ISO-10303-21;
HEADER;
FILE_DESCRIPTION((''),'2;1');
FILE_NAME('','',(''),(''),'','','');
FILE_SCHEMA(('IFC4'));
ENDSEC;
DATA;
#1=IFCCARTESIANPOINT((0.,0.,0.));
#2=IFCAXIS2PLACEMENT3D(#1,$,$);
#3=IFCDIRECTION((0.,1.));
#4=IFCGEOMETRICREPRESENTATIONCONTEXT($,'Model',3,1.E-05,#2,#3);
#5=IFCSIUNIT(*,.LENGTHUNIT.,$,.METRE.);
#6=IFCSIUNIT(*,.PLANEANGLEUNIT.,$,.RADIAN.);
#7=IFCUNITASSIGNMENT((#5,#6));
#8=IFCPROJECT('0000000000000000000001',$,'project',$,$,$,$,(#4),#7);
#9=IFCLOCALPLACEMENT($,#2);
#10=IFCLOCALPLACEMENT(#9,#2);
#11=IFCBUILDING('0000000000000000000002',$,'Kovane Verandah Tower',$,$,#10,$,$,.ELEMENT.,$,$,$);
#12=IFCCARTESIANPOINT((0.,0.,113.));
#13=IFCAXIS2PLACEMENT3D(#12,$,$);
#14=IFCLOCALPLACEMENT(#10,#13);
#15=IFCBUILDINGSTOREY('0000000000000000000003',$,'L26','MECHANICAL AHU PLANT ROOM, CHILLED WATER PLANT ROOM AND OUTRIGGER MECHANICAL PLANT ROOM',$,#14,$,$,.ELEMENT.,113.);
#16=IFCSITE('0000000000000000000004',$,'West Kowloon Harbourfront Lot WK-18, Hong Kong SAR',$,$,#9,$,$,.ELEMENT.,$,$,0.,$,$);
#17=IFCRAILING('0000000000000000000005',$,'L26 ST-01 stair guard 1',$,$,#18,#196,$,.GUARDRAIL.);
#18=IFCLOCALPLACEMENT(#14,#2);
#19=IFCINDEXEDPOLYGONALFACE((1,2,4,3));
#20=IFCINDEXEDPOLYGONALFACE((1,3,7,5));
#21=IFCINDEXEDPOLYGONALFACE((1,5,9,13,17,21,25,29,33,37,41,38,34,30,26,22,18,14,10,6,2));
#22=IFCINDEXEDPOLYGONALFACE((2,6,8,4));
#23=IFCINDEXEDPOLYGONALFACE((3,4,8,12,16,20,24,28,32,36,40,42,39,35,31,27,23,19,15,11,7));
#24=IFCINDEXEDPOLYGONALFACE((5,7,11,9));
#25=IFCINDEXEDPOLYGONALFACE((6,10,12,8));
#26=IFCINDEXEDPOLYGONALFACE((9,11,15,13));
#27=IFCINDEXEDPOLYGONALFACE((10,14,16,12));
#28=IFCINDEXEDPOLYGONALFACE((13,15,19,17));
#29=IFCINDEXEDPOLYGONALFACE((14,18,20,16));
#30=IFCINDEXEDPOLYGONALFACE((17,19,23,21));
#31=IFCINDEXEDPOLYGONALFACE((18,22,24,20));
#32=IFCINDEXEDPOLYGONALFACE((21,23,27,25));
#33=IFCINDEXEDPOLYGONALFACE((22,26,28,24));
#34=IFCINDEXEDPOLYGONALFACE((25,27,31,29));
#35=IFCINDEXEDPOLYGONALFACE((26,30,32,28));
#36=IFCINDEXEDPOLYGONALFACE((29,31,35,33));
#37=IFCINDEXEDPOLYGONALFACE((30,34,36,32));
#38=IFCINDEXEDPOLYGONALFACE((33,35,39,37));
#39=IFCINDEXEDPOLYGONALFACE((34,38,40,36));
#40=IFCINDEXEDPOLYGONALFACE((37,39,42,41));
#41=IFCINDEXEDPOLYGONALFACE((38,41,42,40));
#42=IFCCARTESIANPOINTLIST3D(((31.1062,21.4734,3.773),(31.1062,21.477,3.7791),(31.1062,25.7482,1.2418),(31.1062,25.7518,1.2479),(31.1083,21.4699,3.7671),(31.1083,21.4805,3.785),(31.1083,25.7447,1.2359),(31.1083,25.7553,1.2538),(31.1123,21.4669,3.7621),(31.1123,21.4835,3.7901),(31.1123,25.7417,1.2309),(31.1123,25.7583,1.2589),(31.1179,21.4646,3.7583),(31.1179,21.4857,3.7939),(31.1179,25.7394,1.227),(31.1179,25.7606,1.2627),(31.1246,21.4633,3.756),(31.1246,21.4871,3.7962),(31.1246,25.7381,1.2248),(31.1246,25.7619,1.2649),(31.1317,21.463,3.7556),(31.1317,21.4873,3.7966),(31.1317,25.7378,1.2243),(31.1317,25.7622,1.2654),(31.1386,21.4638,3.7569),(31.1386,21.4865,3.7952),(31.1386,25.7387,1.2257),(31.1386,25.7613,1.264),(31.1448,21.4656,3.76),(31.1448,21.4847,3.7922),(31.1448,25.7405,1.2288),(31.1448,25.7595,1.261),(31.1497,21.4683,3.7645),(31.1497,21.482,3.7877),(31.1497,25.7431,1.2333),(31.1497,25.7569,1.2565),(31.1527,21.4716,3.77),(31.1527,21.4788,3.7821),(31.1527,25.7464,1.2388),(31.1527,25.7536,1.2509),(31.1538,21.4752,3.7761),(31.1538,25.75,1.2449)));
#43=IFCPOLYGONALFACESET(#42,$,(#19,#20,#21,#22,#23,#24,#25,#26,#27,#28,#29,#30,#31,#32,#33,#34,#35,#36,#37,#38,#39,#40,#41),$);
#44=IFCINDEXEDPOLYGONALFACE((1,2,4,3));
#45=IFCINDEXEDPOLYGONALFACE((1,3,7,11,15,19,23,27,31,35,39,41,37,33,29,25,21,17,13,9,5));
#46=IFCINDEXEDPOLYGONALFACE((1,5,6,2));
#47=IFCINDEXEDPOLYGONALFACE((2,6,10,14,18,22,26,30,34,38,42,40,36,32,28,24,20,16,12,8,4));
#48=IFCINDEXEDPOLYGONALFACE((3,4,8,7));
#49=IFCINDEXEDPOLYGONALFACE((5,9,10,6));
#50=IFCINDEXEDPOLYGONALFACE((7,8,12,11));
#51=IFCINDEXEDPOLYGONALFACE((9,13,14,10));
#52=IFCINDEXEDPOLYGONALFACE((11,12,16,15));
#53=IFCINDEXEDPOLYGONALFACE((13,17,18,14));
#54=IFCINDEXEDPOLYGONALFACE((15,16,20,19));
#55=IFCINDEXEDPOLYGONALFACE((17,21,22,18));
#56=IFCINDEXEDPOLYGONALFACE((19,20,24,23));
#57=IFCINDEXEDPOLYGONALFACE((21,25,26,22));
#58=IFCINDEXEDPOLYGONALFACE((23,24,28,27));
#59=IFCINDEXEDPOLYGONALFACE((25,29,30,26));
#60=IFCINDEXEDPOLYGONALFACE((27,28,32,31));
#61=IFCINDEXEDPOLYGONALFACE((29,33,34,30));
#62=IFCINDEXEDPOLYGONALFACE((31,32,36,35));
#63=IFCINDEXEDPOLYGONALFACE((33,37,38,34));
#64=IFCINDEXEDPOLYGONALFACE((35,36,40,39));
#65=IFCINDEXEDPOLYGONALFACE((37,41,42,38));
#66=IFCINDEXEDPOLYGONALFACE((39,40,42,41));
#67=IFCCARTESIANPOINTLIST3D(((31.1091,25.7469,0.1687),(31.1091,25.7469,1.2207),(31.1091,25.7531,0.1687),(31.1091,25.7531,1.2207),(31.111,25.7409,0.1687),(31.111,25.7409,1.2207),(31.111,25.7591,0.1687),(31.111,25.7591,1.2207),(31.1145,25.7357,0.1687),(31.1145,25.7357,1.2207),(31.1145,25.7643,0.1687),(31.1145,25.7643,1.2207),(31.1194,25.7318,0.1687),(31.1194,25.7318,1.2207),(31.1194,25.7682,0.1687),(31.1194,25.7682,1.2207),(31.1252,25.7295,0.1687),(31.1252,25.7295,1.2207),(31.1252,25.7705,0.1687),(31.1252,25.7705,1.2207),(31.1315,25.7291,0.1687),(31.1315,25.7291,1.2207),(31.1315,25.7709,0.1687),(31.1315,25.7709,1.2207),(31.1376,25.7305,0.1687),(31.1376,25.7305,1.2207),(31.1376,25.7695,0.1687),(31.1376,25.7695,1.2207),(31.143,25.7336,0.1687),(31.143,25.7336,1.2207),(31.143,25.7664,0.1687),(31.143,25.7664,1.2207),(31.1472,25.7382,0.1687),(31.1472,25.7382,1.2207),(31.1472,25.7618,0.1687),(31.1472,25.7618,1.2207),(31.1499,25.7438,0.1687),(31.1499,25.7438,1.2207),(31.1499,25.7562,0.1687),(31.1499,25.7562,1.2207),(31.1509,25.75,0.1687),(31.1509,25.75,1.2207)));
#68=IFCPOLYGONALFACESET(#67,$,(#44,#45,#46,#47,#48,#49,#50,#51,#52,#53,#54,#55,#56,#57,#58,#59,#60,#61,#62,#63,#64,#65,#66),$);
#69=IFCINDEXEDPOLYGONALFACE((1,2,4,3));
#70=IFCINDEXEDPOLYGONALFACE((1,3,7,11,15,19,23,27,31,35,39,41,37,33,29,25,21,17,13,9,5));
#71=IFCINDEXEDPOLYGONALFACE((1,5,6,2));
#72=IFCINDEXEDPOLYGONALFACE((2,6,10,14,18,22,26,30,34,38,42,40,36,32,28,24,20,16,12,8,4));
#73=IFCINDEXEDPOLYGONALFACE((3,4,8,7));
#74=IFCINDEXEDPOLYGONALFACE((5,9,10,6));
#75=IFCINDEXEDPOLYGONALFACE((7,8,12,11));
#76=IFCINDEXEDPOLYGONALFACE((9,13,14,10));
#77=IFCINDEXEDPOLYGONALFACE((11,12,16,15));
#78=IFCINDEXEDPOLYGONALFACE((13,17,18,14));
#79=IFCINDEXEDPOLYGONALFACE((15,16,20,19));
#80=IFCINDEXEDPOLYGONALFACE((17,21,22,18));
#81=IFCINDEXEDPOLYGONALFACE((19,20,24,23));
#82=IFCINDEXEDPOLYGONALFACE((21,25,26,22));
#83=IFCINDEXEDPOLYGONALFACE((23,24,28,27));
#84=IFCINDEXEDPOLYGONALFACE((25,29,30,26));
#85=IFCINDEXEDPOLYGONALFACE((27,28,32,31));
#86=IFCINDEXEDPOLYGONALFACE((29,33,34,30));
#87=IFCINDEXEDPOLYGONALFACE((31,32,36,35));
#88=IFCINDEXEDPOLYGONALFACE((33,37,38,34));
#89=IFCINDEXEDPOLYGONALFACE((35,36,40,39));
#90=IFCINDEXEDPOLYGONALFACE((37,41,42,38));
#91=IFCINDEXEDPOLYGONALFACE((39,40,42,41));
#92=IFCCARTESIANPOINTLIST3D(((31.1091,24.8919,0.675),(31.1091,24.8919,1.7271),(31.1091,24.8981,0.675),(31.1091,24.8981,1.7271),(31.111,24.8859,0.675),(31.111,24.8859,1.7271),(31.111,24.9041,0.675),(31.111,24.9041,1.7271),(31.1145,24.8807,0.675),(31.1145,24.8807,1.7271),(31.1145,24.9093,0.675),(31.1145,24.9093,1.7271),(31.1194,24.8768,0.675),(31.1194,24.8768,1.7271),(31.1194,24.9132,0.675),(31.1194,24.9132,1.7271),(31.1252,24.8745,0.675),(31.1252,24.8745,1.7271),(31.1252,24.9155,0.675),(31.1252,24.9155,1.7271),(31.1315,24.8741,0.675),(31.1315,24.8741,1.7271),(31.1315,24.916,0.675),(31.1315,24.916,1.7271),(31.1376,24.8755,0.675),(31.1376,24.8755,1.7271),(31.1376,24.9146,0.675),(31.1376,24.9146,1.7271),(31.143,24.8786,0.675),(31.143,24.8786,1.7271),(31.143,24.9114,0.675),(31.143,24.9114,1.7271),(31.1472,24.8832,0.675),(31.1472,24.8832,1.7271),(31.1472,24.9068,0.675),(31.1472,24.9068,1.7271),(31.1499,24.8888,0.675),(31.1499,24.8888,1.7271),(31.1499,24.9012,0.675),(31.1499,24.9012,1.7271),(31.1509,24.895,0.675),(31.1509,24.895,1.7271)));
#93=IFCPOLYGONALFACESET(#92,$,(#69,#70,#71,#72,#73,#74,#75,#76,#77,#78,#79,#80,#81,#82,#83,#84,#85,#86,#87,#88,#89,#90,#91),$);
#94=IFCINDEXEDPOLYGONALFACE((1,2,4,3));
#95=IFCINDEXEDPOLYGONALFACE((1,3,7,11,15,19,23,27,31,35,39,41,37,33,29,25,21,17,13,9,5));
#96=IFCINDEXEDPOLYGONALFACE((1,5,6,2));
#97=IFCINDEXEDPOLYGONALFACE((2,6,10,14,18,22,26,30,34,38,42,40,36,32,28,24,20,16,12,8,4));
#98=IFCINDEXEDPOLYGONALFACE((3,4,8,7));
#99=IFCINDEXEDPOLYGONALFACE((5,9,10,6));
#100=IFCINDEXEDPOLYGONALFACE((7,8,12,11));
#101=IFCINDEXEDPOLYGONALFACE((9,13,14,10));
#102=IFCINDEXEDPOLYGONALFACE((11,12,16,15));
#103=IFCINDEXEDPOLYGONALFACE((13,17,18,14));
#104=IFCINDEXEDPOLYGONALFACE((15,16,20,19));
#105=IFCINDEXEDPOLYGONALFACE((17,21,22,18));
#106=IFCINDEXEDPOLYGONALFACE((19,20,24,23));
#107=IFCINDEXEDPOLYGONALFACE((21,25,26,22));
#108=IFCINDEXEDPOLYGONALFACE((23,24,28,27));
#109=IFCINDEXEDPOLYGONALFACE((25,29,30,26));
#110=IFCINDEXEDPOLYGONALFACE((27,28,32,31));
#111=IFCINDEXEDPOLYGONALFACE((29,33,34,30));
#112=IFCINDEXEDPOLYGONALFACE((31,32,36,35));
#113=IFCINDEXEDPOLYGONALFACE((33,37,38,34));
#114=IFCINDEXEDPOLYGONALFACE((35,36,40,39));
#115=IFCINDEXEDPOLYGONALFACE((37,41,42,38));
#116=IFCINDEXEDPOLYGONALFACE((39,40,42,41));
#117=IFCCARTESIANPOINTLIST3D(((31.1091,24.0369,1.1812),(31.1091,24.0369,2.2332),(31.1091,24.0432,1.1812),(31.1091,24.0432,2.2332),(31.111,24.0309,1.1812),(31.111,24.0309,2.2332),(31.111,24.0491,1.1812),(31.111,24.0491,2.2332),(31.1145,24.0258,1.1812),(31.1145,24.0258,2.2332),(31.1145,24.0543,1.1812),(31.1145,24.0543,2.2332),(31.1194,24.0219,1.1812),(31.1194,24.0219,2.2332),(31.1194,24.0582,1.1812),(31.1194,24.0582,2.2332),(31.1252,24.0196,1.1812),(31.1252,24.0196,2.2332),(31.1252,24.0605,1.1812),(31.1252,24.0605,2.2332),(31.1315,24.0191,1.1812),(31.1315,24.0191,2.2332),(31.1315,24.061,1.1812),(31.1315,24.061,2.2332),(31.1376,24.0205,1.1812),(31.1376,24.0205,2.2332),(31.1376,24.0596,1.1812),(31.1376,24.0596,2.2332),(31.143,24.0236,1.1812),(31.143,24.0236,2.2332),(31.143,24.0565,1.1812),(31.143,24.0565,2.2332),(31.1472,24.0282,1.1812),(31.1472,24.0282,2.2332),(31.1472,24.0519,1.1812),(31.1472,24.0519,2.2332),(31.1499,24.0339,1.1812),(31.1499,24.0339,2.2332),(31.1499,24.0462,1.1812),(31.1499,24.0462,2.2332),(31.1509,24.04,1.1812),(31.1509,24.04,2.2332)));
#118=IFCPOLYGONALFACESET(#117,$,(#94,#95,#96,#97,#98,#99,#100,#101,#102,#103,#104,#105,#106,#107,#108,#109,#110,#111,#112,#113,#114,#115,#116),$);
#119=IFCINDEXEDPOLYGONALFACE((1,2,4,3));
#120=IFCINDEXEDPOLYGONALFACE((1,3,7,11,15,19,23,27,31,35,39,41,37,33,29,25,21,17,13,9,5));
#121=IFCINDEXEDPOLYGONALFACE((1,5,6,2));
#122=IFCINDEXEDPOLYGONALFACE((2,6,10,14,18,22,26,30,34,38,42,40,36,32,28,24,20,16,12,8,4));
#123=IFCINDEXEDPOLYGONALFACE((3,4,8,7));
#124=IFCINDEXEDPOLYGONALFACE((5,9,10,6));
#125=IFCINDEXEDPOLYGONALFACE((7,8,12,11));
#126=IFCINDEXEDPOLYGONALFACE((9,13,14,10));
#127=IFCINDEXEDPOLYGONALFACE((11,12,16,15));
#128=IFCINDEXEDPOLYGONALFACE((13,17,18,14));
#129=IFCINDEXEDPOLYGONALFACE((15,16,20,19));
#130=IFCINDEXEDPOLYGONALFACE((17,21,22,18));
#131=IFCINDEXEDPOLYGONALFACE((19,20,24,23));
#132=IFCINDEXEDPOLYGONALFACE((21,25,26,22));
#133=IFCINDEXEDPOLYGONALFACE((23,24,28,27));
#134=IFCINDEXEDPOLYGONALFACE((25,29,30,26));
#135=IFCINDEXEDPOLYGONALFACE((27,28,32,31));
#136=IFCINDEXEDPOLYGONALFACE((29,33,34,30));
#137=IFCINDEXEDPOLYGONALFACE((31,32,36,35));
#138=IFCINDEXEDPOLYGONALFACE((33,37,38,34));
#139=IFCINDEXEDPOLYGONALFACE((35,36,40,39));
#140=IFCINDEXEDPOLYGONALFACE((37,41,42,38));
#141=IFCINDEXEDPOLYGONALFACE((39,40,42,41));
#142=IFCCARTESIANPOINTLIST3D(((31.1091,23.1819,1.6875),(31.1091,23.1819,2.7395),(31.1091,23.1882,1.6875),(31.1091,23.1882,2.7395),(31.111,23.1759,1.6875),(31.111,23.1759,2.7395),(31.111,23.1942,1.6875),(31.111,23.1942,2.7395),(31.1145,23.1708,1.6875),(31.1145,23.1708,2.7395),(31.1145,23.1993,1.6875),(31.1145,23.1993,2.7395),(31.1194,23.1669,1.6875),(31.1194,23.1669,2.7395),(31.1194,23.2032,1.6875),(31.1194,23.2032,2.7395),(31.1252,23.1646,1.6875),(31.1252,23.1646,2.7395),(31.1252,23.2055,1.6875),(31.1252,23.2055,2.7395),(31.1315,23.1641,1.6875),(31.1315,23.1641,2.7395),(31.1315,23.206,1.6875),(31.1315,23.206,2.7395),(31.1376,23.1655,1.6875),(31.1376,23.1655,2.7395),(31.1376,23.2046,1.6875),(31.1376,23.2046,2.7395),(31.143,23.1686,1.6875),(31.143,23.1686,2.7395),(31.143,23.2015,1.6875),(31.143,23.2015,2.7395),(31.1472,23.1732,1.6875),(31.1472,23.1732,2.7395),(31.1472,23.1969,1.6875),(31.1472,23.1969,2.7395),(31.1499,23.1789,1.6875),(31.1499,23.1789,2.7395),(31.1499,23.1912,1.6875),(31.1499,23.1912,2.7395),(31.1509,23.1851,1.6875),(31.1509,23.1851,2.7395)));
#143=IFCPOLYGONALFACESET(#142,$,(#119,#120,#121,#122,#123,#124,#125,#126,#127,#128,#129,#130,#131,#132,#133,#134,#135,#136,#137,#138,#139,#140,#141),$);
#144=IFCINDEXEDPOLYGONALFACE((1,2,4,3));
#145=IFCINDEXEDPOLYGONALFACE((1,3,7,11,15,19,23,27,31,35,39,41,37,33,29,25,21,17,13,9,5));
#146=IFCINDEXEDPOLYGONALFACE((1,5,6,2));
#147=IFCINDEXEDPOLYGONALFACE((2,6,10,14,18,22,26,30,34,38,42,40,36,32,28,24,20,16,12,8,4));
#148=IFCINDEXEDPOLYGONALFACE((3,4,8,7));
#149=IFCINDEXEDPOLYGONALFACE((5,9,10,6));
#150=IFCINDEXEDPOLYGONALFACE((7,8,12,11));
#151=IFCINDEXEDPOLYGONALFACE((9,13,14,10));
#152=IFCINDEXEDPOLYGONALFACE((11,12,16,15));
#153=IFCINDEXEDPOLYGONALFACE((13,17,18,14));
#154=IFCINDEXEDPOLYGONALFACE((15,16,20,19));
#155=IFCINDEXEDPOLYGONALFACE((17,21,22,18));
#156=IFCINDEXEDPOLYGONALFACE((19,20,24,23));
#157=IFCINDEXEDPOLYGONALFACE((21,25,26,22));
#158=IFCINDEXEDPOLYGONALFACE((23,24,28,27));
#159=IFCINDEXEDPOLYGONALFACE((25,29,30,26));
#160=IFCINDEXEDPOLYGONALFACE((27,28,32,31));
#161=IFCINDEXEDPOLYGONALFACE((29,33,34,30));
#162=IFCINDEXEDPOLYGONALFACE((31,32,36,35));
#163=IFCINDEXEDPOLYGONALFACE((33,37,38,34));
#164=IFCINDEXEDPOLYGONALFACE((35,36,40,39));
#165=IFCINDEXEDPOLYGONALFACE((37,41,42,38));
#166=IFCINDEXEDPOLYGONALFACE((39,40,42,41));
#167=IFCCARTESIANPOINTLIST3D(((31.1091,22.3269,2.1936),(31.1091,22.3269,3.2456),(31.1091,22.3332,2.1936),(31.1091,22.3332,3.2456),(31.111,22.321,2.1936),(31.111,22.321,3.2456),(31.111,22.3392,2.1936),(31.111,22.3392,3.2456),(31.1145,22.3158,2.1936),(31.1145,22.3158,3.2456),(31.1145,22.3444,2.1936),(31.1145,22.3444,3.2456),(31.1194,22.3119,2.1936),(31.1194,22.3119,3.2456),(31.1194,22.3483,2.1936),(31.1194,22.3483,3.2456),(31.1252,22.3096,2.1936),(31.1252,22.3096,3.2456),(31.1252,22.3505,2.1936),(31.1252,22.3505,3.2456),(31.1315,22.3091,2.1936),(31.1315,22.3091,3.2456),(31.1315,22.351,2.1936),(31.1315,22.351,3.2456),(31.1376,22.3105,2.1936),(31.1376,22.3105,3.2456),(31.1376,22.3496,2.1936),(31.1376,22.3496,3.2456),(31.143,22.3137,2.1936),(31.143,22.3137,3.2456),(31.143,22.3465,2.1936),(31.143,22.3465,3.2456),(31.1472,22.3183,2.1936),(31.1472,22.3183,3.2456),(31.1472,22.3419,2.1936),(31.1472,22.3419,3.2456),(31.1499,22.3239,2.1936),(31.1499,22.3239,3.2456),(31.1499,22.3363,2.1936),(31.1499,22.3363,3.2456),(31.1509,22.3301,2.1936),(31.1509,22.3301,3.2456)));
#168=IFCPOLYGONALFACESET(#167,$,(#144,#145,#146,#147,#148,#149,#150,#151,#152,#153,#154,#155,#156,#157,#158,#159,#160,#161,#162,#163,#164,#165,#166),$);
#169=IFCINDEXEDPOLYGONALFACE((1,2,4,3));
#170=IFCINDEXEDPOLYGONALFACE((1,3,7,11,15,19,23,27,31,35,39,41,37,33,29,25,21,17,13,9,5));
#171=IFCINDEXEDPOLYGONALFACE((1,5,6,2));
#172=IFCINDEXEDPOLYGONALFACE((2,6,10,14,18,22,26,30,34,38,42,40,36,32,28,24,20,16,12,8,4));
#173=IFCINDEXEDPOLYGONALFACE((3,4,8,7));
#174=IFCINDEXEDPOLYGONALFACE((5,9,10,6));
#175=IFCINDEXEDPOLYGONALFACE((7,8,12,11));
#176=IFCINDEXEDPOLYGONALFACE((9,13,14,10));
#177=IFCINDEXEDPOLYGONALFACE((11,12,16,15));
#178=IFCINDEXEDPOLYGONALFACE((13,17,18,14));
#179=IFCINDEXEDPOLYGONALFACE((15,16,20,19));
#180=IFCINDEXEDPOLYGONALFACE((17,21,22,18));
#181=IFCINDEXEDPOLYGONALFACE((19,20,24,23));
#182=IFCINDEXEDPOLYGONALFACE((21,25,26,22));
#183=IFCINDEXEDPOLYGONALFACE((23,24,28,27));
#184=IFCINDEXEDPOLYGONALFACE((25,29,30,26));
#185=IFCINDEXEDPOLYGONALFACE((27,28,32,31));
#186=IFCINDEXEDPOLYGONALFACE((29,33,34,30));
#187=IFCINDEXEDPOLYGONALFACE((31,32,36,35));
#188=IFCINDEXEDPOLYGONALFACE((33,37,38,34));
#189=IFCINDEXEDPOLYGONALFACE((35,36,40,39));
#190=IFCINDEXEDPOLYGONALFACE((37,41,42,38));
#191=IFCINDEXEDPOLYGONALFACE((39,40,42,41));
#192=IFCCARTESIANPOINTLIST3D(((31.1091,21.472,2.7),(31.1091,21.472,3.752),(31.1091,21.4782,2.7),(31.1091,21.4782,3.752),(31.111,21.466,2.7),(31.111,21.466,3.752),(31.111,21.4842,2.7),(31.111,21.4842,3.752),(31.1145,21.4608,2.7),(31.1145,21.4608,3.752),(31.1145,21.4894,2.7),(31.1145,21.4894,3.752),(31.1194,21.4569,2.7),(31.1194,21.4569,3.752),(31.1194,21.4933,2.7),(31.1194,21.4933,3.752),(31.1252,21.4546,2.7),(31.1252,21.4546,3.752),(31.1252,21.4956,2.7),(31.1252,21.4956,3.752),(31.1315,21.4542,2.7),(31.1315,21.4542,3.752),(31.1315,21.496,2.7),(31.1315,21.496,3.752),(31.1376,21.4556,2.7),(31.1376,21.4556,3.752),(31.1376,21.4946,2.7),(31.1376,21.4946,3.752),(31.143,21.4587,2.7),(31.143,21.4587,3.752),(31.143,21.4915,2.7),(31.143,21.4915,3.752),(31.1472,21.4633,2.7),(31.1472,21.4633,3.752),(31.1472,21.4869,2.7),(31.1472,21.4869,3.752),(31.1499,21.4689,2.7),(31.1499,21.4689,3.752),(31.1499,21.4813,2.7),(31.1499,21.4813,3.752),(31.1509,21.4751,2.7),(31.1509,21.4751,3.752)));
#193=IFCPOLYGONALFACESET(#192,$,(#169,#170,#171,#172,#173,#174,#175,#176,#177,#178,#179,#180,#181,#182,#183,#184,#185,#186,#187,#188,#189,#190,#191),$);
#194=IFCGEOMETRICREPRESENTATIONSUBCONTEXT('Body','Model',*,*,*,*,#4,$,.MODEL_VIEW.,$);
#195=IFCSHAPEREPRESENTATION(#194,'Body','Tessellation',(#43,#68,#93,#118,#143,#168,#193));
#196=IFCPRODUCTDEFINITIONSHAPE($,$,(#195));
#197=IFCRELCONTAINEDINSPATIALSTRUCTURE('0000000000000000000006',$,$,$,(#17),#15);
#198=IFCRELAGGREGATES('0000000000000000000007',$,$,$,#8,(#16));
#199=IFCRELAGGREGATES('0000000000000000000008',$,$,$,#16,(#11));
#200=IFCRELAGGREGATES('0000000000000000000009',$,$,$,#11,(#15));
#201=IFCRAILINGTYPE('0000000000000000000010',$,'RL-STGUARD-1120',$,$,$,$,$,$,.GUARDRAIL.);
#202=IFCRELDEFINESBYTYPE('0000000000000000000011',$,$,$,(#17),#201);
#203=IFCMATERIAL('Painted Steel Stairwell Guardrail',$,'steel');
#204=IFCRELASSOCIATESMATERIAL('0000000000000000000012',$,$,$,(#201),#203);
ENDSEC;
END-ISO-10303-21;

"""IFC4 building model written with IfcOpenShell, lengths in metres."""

from ifc_helpers import new_model, si_unit, direction, frame, origin, origin_2d, place, context, subcontext, project, spatial, circle, extrude, material, type_object, element, save


model = new_model("IFC4")

# Units and contexts
model_context = context("Model", 3, precision=1e-05, world=origin(), true_north=direction((0.0, 1.0)))
body_context = subcontext(model_context, "Body", "Model", "MODEL_VIEW")
ifc_project = project(units=[si_unit("LENGTHUNIT", "METRE"), si_unit("PLANEANGLEUNIT", "RADIAN")], contexts=[model_context])

# Site, building, storey
site_placement = place(None, origin())
site = spatial("IfcSite", under=ifc_project, at=site_placement, Name="West Kowloon Harbourfront Lot WK-18, Hong Kong SAR", CompositionType="ELEMENT", RefElevation=0.0)
building_placement = place(site_placement, origin())
building = spatial("IfcBuilding", under=site, at=building_placement, Name="Kovane Verandah Tower", CompositionType="ELEMENT")
storey_placement = place(building_placement, frame((0.0, 0.0, 113.0)))
storey = spatial("IfcBuildingStorey", under=building, at=storey_placement, Name="L26", Description="MECHANICAL AHU PLANT ROOM, CHILLED WATER PLANT ROOM AND OUTRIGGER MECHANICAL PLANT ROOM", CompositionType="ELEMENT", Elevation=113.0)

# Railing
ifc_material_1 = material(Name="Painted Steel Stairwell Guardrail", Category="steel")
railing_type_1 = type_object("IfcRailingType", Name="RL-STGUARD-1120", PredefinedType="GUARDRAIL", material=ifc_material_1)
railing_1_placement = place(storey_placement, frame((31.1299, 25.75, 0.1687)))
element("IfcRailing", 1, at=railing_1_placement, inside=storey, type_object=railing_type_1, Name="L26 ST-01 stair guard 1", PredefinedType="GUARDRAIL", context=body_context, shape_type="SweptSolid", body=[
    extrude(circle(Radius=0.0239, at=origin_2d()), frame((0.0, 0.0, 1.0762), z_axis=(0.0, -0.86047, 0.509501), x_axis=(1.0, 0.0, 0.0)), (0.0, 0.0, 1.0), 4.968),
    extrude(circle(Radius=0.021, at=origin_2d()), origin(), (0.0, 0.0, 1.0), 1.052),
    extrude(circle(Radius=0.021, at=origin_2d()), frame((0.0, -0.855, 0.5063)), (0.0, 0.0, 1.0), 1.052),
    extrude(circle(Radius=0.021, at=origin_2d()), frame((0.0, -1.71, 1.0125)), (0.0, 0.0, 1.0), 1.052),
    extrude(circle(Radius=0.021, at=origin_2d()), frame((0.0, -2.5649, 1.5188)), (0.0, 0.0, 1.0), 1.052),
    extrude(circle(Radius=0.021, at=origin_2d()), frame((0.0, -3.4199, 2.0249)), (0.0, 0.0, 1.0), 1.052),
    extrude(circle(Radius=0.021, at=origin_2d()), frame((0.0, -4.2749, 2.5312)), (0.0, 0.0, 1.0), 1.052),
])

save(model, "model.ifc")
